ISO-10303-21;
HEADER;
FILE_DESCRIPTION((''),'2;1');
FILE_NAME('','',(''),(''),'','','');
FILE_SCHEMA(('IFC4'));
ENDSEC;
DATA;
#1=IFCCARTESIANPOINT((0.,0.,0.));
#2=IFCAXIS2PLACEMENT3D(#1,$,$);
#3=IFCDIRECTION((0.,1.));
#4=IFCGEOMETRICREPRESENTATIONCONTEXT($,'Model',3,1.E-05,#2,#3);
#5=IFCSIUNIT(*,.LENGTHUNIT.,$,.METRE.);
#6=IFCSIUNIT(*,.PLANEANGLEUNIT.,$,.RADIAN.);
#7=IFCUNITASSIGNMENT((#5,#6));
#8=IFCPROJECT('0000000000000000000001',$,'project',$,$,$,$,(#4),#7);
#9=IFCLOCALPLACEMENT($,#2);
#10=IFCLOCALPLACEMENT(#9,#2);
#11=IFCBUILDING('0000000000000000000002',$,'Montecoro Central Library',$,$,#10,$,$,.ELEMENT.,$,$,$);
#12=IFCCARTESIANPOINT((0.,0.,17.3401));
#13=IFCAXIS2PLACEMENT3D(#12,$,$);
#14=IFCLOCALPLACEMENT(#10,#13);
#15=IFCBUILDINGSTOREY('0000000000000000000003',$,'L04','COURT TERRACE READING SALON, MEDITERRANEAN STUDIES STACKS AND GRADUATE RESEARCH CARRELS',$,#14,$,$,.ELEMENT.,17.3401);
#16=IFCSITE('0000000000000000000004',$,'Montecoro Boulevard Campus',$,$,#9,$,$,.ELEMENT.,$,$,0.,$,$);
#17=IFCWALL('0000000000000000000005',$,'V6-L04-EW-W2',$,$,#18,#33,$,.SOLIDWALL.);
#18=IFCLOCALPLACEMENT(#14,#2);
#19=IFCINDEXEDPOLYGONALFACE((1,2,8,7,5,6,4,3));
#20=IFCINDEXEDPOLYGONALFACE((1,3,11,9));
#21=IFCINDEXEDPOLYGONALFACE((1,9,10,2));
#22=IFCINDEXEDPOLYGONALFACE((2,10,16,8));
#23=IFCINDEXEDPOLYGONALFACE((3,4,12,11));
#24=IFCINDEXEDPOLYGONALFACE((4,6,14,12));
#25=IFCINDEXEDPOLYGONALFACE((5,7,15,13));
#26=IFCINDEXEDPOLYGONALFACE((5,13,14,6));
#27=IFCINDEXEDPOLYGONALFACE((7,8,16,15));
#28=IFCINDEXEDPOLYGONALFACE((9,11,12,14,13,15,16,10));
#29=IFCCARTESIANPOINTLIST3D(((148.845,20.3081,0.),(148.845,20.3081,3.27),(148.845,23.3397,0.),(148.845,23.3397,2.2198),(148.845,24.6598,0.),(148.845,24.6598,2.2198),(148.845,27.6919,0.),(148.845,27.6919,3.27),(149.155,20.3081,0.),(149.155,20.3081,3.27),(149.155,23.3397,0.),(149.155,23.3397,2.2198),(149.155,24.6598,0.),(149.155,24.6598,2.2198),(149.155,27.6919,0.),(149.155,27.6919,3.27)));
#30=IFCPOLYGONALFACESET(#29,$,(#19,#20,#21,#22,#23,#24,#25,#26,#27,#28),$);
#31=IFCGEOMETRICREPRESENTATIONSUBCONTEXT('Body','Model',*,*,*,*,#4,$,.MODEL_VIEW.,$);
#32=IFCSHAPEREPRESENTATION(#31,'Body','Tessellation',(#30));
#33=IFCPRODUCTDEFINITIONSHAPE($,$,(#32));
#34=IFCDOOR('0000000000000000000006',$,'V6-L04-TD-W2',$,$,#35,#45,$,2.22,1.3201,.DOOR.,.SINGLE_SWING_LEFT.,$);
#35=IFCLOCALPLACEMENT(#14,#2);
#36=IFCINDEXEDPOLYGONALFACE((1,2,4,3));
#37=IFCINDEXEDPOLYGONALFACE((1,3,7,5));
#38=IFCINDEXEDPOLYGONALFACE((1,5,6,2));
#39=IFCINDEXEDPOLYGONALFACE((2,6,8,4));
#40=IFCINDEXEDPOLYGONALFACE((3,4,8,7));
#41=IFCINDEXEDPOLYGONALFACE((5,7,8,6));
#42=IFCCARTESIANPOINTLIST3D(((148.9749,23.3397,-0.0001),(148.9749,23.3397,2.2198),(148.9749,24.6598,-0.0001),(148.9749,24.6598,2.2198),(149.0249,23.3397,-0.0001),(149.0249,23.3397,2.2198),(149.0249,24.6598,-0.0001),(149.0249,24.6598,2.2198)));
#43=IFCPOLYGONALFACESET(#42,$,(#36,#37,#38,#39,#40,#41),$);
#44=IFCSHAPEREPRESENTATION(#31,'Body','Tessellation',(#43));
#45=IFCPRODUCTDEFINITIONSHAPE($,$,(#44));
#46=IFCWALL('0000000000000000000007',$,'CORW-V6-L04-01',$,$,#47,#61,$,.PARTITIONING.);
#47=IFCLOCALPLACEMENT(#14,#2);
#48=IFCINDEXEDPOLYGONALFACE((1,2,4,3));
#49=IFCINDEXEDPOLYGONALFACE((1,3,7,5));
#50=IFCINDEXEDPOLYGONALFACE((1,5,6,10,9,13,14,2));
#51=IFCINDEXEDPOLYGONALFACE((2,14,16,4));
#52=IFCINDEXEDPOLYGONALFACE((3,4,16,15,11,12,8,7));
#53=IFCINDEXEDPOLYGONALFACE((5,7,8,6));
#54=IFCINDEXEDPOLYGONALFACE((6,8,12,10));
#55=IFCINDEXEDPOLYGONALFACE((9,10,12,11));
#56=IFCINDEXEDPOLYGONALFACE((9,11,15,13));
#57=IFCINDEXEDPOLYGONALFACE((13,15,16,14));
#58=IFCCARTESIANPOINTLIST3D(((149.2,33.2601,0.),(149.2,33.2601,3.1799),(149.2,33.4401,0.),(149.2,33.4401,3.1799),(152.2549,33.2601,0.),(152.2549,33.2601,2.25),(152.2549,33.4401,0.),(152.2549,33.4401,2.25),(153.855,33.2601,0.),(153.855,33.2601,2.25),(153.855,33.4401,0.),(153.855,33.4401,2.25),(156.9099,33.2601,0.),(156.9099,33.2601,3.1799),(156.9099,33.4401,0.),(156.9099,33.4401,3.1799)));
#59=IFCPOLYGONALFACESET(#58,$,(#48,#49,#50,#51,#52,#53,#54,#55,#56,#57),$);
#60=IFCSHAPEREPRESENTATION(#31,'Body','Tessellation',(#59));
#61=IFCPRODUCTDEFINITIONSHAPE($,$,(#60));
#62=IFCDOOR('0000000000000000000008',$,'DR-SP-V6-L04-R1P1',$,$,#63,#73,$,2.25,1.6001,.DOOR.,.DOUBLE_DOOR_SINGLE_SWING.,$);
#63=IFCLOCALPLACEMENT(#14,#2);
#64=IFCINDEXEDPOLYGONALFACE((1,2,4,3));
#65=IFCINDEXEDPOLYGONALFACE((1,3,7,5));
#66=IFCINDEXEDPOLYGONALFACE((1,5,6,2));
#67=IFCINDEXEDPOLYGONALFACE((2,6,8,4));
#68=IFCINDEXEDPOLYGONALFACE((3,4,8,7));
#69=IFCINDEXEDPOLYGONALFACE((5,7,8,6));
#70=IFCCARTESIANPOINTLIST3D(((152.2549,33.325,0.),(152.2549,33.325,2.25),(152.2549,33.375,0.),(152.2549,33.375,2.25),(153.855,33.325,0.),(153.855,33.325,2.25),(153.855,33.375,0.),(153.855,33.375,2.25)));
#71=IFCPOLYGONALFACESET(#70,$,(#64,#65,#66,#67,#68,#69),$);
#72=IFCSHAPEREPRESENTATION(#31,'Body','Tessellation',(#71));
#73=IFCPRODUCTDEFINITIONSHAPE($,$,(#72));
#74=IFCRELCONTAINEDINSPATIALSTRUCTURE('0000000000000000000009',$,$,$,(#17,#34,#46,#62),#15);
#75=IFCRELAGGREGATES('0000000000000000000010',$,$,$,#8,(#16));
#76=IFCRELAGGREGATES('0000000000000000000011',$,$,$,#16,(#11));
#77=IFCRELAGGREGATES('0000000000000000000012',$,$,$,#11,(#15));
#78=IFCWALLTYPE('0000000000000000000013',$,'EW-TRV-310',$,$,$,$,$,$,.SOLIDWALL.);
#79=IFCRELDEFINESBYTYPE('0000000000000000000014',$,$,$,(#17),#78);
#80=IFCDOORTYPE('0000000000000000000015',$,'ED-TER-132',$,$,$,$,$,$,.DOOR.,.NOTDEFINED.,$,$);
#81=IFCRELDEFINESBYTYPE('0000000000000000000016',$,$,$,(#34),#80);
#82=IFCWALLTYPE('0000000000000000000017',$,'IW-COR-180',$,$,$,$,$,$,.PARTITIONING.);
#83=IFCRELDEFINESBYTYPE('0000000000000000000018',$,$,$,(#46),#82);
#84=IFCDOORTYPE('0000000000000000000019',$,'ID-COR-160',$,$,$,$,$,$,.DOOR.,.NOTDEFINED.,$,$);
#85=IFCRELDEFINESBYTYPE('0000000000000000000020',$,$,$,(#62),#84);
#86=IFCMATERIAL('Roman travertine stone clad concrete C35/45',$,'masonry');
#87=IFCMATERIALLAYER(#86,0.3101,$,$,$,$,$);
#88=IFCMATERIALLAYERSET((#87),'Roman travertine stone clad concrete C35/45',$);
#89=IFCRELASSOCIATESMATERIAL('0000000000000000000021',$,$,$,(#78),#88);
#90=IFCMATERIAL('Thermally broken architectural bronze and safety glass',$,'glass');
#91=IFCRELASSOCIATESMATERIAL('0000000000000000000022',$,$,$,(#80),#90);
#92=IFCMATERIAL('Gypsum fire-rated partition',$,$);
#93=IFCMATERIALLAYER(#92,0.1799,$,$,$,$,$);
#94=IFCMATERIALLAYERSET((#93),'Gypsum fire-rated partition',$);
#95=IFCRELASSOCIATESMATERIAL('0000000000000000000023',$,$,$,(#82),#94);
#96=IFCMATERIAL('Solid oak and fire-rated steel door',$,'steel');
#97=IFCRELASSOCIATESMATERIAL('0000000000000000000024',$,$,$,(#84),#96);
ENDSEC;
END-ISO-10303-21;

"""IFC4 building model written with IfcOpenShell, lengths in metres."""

from ifc_helpers import new_model, si_unit, direction, frame, frame_2d, origin, place, context, subcontext, project, spatial, rectangle, extrude, material, layer, layer_set, type_object, element, fill, save


model = new_model("IFC4")

# Units and contexts
model_context = context("Model", 3, precision=1e-05, world=origin(), true_north=direction((0.0, 1.0)))
body_context = subcontext(model_context, "Body", "Model", "MODEL_VIEW")
ifc_project = project(units=[si_unit("LENGTHUNIT", "METRE"), si_unit("PLANEANGLEUNIT", "RADIAN")], contexts=[model_context])

# Site, building, storey
site_placement = place(None, origin())
site = spatial("IfcSite", under=ifc_project, at=site_placement, Name="Montecoro Boulevard Campus", CompositionType="ELEMENT", RefElevation=0.0)
building_placement = place(site_placement, origin())
building = spatial("IfcBuilding", under=site, at=building_placement, Name="Montecoro Central Library", CompositionType="ELEMENT")
storey_placement = place(building_placement, frame((0.0, 0.0, 17.3401)))
storey = spatial("IfcBuildingStorey", under=building, at=storey_placement, Name="L04", Description="COURT TERRACE READING SALON, MEDITERRANEAN STUDIES STACKS AND GRADUATE RESEARCH CARRELS", CompositionType="ELEMENT", Elevation=17.3401)

# Walls, openings, doors
ifc_material_1 = material(Name="Roman travertine stone clad concrete C35/45", Category="masonry")
ifc_layer_1 = layer(ifc_material_1, 0.3101)
ifc_layer_set_1 = layer_set([ifc_layer_1], Name="Roman travertine stone clad concrete C35/45")
wall_type_1 = type_object("IfcWallType", Name="EW-TRV-310", PredefinedType="SOLIDWALL", material=ifc_layer_set_1)
ifc_material_2 = material(Name="Thermally broken architectural bronze and safety glass", Category="glass")
wall_1_placement = place(storey_placement, frame((149.0, 27.6919, 0.0), z_axis=(0.0, 0.0, 1.0), x_axis=(0.0, -1.0, 0.0)))
wall_1 = element("IfcWall", 1, at=wall_1_placement, inside=storey, type_object=wall_type_1, Name="V6-L04-EW-W2", PredefinedType="SOLIDWALL", context=body_context, shape_type="SweptSolid", body=[
    extrude(rectangle(XDim=7.3838, YDim=0.3101, at=frame_2d((3.6919, 0.0))), origin(), (0.0, 0.0, 1.0), 3.27),
])
opening_1_placement = place(wall_1_placement, frame((3.032, 0.0, 0.0)))
opening_1 = element("IfcOpeningElement", 2, at=opening_1_placement, cuts=wall_1, PredefinedType="OPENING", context=body_context, shape_type="SweptSolid", body=[
    extrude(rectangle(XDim=1.3201, YDim=2.22, at=frame_2d((0.6602, 1.1099))), frame((0.0, 0.165, 0.0), z_axis=(0.0, -1.0, 0.0), x_axis=(1.0, 0.0, 0.0)), (0.0, 0.0, 1.0), 0.3301),
])
door_type_1 = type_object("IfcDoorType", Name="ED-TER-132", OperationType="NOTDEFINED", PredefinedType="DOOR", material=ifc_material_2)
door_1_placement = place(opening_1_placement, origin())
door_1 = element("IfcDoor", 3, at=door_1_placement, inside=storey, type_object=door_type_1, Name="V6-L04-TD-W2", OperationType="SINGLE_SWING_LEFT", OverallHeight=2.22, OverallWidth=1.3201, PredefinedType="DOOR", context=body_context, shape_type="SweptSolid", body=[
    extrude(rectangle(XDim=1.3201, YDim=2.22, at=frame_2d((0.6602, 1.1099))), frame((0.0, 0.0249, 0.0), z_axis=(0.0, -1.0, 0.0), x_axis=(1.0, 0.0, 0.0)), (0.0, 0.0, 1.0), 0.05),
])
fill(opening_1, door_1)
ifc_material_3 = material(Name="Gypsum fire-rated partition")
ifc_layer_2 = layer(ifc_material_3, 0.1799)
ifc_layer_set_2 = layer_set([ifc_layer_2], Name="Gypsum fire-rated partition")
wall_type_2 = type_object("IfcWallType", Name="IW-COR-180", PredefinedType="PARTITIONING", material=ifc_layer_set_2)
wall_2_placement = place(storey_placement, frame((149.2, 33.3501, 0.0), z_axis=(0.0, 0.0, 1.0), x_axis=(1.0, 0.0, 0.0)))
wall_2 = element("IfcWall", 4, at=wall_2_placement, inside=storey, type_object=wall_type_2, Name="CORW-V6-L04-01", PredefinedType="PARTITIONING", context=body_context, shape_type="SweptSolid", body=[
    extrude(rectangle(XDim=7.71, YDim=0.1799, at=frame_2d((3.855, 0.0))), origin(), (0.0, 0.0, 1.0), 3.1799),
])
opening_2_placement = place(wall_2_placement, frame((3.0549, 0.0, 0.0)))
opening_2 = element("IfcOpeningElement", 5, at=opening_2_placement, cuts=wall_2, PredefinedType="OPENING", context=body_context, shape_type="SweptSolid", body=[
    extrude(rectangle(XDim=1.6001, YDim=2.25, at=frame_2d((0.8, 1.125))), frame((0.0, 0.0999, 0.0), z_axis=(0.0, -1.0, 0.0), x_axis=(1.0, 0.0, 0.0)), (0.0, 0.0, 1.0), 0.2),
])
ifc_material_4 = material(Name="Solid oak and fire-rated steel door", Category="steel")
door_type_2 = type_object("IfcDoorType", Name="ID-COR-160", OperationType="NOTDEFINED", PredefinedType="DOOR", material=ifc_material_4)
door_2_placement = place(opening_2_placement, origin())
door_2 = element("IfcDoor", 6, at=door_2_placement, inside=storey, type_object=door_type_2, Name="DR-SP-V6-L04-R1P1", OperationType="DOUBLE_DOOR_SINGLE_SWING", OverallHeight=2.25, OverallWidth=1.6001, PredefinedType="DOOR", context=body_context, shape_type="SweptSolid", body=[
    extrude(rectangle(XDim=1.6001, YDim=2.25, at=frame_2d((0.8, 1.125))), frame((0.0, 0.0249, 0.0), z_axis=(0.0, -1.0, 0.0), x_axis=(1.0, 0.0, 0.0)), (0.0, 0.0, 1.0), 0.05),
])
fill(opening_2, door_2)

save(model, "model.ifc")
